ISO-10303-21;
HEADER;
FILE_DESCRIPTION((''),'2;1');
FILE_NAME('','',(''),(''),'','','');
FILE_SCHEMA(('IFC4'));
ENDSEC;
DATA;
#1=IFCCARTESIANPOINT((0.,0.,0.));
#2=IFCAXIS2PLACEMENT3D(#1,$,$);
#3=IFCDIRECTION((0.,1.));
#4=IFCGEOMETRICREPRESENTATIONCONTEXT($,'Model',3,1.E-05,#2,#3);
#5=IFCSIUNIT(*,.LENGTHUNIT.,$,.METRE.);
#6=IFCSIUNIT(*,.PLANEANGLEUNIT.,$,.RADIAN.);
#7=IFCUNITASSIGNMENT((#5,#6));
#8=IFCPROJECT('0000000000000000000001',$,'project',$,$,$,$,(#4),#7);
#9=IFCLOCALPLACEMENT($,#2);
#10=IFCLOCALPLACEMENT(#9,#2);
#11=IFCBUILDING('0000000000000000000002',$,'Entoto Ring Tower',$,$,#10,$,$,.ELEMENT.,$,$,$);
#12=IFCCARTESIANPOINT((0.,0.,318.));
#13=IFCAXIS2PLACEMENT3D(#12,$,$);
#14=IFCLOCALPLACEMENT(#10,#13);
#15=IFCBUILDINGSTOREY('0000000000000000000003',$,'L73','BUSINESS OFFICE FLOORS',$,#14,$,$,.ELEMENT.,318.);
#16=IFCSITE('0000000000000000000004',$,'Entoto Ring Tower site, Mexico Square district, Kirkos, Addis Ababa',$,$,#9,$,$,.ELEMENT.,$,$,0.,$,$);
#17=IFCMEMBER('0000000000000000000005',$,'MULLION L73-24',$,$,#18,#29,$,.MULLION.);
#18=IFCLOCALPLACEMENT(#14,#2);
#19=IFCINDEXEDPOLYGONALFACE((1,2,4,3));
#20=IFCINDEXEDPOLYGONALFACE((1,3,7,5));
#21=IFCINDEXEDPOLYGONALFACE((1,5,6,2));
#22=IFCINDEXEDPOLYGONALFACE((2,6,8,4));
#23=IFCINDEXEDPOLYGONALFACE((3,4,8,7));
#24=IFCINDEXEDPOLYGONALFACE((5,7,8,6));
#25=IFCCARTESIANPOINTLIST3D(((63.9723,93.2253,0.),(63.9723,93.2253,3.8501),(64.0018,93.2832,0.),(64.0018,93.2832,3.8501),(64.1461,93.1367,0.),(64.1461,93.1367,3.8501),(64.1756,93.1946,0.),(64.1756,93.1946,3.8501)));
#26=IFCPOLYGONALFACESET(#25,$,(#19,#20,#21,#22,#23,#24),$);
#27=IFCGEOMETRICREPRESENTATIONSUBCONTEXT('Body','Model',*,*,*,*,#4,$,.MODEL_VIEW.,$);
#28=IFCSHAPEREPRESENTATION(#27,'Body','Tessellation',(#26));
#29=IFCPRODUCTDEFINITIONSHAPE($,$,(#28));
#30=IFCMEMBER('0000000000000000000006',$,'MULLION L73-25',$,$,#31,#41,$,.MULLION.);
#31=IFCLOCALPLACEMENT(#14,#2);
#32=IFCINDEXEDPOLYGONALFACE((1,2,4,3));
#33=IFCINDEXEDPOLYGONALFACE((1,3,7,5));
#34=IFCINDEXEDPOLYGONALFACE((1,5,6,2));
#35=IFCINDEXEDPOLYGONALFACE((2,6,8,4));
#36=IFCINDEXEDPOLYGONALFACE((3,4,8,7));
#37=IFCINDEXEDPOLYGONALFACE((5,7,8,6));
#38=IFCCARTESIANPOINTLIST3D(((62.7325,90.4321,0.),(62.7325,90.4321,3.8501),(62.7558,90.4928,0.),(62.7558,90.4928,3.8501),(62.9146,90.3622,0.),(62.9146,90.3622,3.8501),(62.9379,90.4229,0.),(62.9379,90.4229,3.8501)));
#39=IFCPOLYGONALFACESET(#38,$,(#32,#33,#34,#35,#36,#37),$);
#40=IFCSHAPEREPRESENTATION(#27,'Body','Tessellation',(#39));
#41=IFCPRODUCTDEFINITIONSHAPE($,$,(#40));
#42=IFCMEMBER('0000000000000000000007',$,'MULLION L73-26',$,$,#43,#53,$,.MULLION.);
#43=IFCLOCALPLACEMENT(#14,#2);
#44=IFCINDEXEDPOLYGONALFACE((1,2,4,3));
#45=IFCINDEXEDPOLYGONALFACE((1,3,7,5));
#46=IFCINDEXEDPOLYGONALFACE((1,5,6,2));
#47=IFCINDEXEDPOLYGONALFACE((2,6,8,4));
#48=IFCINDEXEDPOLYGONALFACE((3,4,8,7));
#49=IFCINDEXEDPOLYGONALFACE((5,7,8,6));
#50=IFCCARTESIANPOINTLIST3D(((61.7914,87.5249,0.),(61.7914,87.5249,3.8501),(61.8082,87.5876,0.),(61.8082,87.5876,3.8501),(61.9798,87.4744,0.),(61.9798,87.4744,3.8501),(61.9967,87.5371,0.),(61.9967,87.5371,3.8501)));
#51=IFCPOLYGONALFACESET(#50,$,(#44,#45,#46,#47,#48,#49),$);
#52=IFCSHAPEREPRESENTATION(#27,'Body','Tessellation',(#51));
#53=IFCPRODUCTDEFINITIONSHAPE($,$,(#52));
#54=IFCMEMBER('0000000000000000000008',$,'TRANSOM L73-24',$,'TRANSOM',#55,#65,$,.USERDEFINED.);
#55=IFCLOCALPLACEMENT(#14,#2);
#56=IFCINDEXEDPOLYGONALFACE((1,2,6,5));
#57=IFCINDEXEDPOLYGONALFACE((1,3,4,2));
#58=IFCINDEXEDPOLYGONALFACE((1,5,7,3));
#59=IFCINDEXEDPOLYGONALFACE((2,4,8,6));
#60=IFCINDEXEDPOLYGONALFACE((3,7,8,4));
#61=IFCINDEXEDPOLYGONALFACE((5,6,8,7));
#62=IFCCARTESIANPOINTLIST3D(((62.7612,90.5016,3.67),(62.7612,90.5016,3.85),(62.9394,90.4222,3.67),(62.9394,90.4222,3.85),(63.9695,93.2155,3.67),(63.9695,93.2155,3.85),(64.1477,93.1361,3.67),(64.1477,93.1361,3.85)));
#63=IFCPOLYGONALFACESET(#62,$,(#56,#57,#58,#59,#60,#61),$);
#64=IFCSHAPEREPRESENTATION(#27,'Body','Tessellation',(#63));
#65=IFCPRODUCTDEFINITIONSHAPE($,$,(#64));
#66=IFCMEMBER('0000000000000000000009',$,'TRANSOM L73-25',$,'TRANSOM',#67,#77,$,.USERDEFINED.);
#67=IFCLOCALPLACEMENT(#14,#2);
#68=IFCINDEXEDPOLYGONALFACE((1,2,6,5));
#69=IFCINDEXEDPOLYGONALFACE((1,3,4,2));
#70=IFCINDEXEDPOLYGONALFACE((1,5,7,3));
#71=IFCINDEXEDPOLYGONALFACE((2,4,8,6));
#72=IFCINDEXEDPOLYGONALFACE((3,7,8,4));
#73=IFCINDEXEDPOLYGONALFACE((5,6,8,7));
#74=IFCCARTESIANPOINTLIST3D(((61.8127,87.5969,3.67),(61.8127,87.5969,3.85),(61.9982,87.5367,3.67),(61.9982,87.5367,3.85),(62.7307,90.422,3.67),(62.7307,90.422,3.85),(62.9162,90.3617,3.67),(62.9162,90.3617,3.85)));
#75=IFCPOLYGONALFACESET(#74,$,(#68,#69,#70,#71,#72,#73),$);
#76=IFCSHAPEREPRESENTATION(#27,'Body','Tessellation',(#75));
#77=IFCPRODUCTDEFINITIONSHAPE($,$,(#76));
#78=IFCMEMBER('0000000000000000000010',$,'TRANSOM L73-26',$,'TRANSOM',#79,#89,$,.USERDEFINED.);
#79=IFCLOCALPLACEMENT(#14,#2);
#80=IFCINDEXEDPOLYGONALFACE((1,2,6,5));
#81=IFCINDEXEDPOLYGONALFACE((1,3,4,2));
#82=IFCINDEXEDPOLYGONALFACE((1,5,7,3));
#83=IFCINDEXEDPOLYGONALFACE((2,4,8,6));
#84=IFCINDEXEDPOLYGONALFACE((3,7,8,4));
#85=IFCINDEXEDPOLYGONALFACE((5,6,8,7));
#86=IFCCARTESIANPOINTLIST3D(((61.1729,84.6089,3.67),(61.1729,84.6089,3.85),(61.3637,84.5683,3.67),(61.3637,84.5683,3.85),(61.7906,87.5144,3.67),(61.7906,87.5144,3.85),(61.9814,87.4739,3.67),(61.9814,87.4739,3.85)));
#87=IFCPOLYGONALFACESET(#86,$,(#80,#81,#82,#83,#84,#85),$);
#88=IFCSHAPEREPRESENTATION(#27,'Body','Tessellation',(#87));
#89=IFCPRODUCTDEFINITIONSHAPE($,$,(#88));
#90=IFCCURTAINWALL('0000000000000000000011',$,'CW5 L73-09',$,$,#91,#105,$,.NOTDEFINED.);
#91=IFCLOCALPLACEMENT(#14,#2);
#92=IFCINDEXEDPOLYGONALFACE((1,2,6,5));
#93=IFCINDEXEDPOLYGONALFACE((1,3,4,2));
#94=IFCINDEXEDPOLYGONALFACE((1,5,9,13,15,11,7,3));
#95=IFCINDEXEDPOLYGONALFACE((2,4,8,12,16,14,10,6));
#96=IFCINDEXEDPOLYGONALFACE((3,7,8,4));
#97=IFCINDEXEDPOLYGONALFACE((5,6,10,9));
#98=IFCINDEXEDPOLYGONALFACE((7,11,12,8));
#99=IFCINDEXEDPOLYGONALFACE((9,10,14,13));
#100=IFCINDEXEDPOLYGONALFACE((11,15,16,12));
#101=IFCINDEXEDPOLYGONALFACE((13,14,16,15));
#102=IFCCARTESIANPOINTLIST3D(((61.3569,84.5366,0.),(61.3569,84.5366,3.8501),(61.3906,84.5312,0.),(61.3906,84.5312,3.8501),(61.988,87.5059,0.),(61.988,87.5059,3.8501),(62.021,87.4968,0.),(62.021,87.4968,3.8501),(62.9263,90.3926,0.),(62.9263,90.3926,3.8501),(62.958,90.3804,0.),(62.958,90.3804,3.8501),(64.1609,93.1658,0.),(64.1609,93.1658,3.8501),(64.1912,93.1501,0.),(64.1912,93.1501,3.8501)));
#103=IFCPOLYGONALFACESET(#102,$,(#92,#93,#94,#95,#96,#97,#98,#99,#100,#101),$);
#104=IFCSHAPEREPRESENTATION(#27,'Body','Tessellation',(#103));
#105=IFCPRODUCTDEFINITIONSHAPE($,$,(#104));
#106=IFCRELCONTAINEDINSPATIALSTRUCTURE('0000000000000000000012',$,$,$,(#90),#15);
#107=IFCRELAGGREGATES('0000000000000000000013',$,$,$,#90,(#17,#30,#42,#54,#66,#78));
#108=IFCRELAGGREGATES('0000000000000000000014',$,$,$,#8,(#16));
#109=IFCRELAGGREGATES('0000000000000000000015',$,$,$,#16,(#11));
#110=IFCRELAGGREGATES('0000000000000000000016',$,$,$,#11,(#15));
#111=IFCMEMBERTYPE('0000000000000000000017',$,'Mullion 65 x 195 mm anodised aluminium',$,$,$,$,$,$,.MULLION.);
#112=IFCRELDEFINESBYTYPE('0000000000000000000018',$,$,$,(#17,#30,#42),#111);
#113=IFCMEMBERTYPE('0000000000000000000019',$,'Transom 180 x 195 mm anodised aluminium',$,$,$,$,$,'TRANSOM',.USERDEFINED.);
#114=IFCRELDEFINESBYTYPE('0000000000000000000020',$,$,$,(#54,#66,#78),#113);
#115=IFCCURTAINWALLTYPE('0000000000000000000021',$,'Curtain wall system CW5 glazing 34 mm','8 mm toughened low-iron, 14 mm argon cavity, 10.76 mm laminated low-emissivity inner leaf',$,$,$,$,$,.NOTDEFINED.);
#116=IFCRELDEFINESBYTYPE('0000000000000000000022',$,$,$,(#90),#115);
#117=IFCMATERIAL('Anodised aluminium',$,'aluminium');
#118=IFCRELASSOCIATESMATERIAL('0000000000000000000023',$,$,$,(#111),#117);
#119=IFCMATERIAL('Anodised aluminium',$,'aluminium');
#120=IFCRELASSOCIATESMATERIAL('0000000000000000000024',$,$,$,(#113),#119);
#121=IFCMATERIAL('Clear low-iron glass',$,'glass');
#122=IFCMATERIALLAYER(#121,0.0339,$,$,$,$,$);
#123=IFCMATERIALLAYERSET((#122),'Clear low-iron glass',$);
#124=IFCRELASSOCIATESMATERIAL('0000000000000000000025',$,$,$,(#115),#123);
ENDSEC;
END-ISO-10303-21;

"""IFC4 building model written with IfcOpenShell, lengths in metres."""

from ifc_helpers import new_model, si_unit, direction, frame, origin, origin_2d, place, context, subcontext, project, spatial, polyline, rectangle, outline, extrude, material, layer, layer_set, material_profile, profile_set, type_object, element, aggregate, save


model = new_model("IFC4")

# Units and contexts
model_context = context("Model", 3, precision=1e-05, world=origin(), true_north=direction((0.0, 1.0)))
body_context = subcontext(model_context, "Body", "Model", "MODEL_VIEW")
ifc_project = project(units=[si_unit("LENGTHUNIT", "METRE"), si_unit("PLANEANGLEUNIT", "RADIAN")], contexts=[model_context])

# Members
ifc_material_1 = material(Name="Anodised aluminium", Category="aluminium")
ifc_material_profile_1 = material_profile(ifc_material_1, rectangle(XDim=0.0649, YDim=0.1951, at=origin_2d()), Name="Mullion 65 x 195 mm anodised aluminium")
ifc_profile_set_1 = profile_set([ifc_material_profile_1], Name="Anodised aluminium")
member_type_1 = type_object("IfcMemberType", Name="Mullion 65 x 195 mm anodised aluminium", PredefinedType="MULLION", material=ifc_profile_set_1)
site_placement = place(None, origin())
building_placement = place(site_placement, origin())
storey_placement = place(building_placement, frame((0.0, 0.0, 318.0)))
member_1_placement = place(storey_placement, frame((64.074, 93.21, 0.0), z_axis=(0.0, 0.0, 1.0), x_axis=(-0.45399, -0.891007, 0.0)))
member_1 = element("IfcMember", 1, at=member_1_placement, type_object=member_type_1, Name="MULLION L73-24", PredefinedType="MULLION", context=body_context, shape_type="SweptSolid", body=[
    extrude(rectangle(XDim=0.0649, YDim=0.1951, at=origin_2d()), origin(), (0.0, 0.0, 1.0), 3.8501),
])
member_2_placement = place(storey_placement, frame((62.8352, 90.4275, 0.0), z_axis=(0.0, 0.0, 1.0), x_axis=(-0.358368, -0.93358, 0.0)))
member_2 = element("IfcMember", 2, at=member_2_placement, type_object=member_type_1, Name="MULLION L73-25", PredefinedType="MULLION", context=body_context, shape_type="SweptSolid", body=[
    extrude(rectangle(XDim=0.0649, YDim=0.1951, at=origin_2d()), origin(), (0.0, 0.0, 1.0), 3.8501),
])
member_3_placement = place(storey_placement, frame((61.894, 87.531, 0.0), z_axis=(0.0, 0.0, 1.0), x_axis=(-0.258819, -0.965926, 0.0)))
member_3 = element("IfcMember", 3, at=member_3_placement, type_object=member_type_1, Name="MULLION L73-26", PredefinedType="MULLION", context=body_context, shape_type="SweptSolid", body=[
    extrude(rectangle(XDim=0.0649, YDim=0.1951, at=origin_2d()), origin(), (0.0, 0.0, 1.0), 3.8501),
])
ifc_material_2 = material(Name="Anodised aluminium", Category="aluminium")
ifc_material_profile_2 = material_profile(ifc_material_2, rectangle(XDim=0.1951, YDim=0.1799, at=origin_2d()), Name="Transom 180 x 195 mm anodised aluminium")
ifc_profile_set_2 = profile_set([ifc_material_profile_2], Name="Anodised aluminium")
member_type_2 = type_object("IfcMemberType", Name="Transom 180 x 195 mm anodised aluminium", ElementType="TRANSOM", PredefinedType="USERDEFINED", material=ifc_profile_set_2)
member_4_placement = place(storey_placement, frame((64.0586, 93.1758, 3.76), z_axis=(-0.406726, -0.91355, 0.0), x_axis=(0.91355, -0.406726, 0.0)))
member_4 = element("IfcMember", 4, at=member_4_placement, type_object=member_type_2, Name="TRANSOM L73-24", ObjectType="TRANSOM", PredefinedType="USERDEFINED", context=body_context, shape_type="SweptSolid", body=[
    extrude(rectangle(XDim=0.1951, YDim=0.1799, at=origin_2d()), origin(), (0.0, 0.0, 1.0), 2.9707),
])
member_5_placement = place(storey_placement, frame((62.8235, 90.3918, 3.76), z_axis=(-0.309043, -0.951048, 0.0), x_axis=(0.951048, -0.309043, 0.0)))
member_5 = element("IfcMember", 5, at=member_5_placement, type_object=member_type_2, Name="TRANSOM L73-25", ObjectType="TRANSOM", PredefinedType="USERDEFINED", context=body_context, shape_type="SweptSolid", body=[
    extrude(rectangle(XDim=0.1951, YDim=0.1799, at=origin_2d()), origin(), (0.0, 0.0, 1.0), 2.9705),
])
member_6_placement = place(storey_placement, frame((61.886, 87.4941, 3.76), z_axis=(-0.20794, -0.978142, 0.0), x_axis=(0.978142, -0.20794, 0.0)))
member_6 = element("IfcMember", 6, at=member_6_placement, type_object=member_type_2, Name="TRANSOM L73-26", ObjectType="TRANSOM", PredefinedType="USERDEFINED", context=body_context, shape_type="SweptSolid", body=[
    extrude(rectangle(XDim=0.1951, YDim=0.1799, at=origin_2d()), origin(), (0.0, 0.0, 1.0), 2.9705),
])

# Site, building, storey
site = spatial("IfcSite", under=ifc_project, at=site_placement, Name="Entoto Ring Tower site, Mexico Square district, Kirkos, Addis Ababa", CompositionType="ELEMENT", RefElevation=0.0)
building = spatial("IfcBuilding", under=site, at=building_placement, Name="Entoto Ring Tower", CompositionType="ELEMENT")
storey = spatial("IfcBuildingStorey", under=building, at=storey_placement, Name="L73", Description="BUSINESS OFFICE FLOORS", CompositionType="ELEMENT", Elevation=318.0)

# Curtain wall
ifc_material_3 = material(Name="Clear low-iron glass", Category="glass")
ifc_layer = layer(ifc_material_3, 0.0339)
ifc_layer_set = layer_set([ifc_layer], Name="Clear low-iron glass")
curtain_wall_type = type_object("IfcCurtainWallType", Name="Curtain wall system CW5 glazing 34 mm", Description="8 mm toughened low-iron, 14 mm argon cavity, 10.76 mm laminated low-emissivity inner leaf", PredefinedType="NOTDEFINED", material=ifc_layer_set)
curtain_wall_1_placement = place(storey_placement, origin())
curtain_wall_1 = element("IfcCurtainWall", 7, at=curtain_wall_1_placement, inside=storey, type_object=curtain_wall_type, Name="CW5 L73-09", PredefinedType="NOTDEFINED", context=body_context, shape_type="SweptSolid", body=[
    extrude(outline(polyline([(64.1609, 93.1658), (62.9263, 90.3926), (61.988, 87.5059), (61.3569, 84.5366), (61.3906, 84.5312), (62.021, 87.4968), (62.958, 90.3804), (64.1912, 93.1501), (64.1609, 93.1658)])), origin(), (0.0, 0.0, 1.0), 3.8501),
])
aggregate(curtain_wall_1, [member_1, member_2, member_3, member_4, member_5, member_6])

save(model, "model.ifc")
